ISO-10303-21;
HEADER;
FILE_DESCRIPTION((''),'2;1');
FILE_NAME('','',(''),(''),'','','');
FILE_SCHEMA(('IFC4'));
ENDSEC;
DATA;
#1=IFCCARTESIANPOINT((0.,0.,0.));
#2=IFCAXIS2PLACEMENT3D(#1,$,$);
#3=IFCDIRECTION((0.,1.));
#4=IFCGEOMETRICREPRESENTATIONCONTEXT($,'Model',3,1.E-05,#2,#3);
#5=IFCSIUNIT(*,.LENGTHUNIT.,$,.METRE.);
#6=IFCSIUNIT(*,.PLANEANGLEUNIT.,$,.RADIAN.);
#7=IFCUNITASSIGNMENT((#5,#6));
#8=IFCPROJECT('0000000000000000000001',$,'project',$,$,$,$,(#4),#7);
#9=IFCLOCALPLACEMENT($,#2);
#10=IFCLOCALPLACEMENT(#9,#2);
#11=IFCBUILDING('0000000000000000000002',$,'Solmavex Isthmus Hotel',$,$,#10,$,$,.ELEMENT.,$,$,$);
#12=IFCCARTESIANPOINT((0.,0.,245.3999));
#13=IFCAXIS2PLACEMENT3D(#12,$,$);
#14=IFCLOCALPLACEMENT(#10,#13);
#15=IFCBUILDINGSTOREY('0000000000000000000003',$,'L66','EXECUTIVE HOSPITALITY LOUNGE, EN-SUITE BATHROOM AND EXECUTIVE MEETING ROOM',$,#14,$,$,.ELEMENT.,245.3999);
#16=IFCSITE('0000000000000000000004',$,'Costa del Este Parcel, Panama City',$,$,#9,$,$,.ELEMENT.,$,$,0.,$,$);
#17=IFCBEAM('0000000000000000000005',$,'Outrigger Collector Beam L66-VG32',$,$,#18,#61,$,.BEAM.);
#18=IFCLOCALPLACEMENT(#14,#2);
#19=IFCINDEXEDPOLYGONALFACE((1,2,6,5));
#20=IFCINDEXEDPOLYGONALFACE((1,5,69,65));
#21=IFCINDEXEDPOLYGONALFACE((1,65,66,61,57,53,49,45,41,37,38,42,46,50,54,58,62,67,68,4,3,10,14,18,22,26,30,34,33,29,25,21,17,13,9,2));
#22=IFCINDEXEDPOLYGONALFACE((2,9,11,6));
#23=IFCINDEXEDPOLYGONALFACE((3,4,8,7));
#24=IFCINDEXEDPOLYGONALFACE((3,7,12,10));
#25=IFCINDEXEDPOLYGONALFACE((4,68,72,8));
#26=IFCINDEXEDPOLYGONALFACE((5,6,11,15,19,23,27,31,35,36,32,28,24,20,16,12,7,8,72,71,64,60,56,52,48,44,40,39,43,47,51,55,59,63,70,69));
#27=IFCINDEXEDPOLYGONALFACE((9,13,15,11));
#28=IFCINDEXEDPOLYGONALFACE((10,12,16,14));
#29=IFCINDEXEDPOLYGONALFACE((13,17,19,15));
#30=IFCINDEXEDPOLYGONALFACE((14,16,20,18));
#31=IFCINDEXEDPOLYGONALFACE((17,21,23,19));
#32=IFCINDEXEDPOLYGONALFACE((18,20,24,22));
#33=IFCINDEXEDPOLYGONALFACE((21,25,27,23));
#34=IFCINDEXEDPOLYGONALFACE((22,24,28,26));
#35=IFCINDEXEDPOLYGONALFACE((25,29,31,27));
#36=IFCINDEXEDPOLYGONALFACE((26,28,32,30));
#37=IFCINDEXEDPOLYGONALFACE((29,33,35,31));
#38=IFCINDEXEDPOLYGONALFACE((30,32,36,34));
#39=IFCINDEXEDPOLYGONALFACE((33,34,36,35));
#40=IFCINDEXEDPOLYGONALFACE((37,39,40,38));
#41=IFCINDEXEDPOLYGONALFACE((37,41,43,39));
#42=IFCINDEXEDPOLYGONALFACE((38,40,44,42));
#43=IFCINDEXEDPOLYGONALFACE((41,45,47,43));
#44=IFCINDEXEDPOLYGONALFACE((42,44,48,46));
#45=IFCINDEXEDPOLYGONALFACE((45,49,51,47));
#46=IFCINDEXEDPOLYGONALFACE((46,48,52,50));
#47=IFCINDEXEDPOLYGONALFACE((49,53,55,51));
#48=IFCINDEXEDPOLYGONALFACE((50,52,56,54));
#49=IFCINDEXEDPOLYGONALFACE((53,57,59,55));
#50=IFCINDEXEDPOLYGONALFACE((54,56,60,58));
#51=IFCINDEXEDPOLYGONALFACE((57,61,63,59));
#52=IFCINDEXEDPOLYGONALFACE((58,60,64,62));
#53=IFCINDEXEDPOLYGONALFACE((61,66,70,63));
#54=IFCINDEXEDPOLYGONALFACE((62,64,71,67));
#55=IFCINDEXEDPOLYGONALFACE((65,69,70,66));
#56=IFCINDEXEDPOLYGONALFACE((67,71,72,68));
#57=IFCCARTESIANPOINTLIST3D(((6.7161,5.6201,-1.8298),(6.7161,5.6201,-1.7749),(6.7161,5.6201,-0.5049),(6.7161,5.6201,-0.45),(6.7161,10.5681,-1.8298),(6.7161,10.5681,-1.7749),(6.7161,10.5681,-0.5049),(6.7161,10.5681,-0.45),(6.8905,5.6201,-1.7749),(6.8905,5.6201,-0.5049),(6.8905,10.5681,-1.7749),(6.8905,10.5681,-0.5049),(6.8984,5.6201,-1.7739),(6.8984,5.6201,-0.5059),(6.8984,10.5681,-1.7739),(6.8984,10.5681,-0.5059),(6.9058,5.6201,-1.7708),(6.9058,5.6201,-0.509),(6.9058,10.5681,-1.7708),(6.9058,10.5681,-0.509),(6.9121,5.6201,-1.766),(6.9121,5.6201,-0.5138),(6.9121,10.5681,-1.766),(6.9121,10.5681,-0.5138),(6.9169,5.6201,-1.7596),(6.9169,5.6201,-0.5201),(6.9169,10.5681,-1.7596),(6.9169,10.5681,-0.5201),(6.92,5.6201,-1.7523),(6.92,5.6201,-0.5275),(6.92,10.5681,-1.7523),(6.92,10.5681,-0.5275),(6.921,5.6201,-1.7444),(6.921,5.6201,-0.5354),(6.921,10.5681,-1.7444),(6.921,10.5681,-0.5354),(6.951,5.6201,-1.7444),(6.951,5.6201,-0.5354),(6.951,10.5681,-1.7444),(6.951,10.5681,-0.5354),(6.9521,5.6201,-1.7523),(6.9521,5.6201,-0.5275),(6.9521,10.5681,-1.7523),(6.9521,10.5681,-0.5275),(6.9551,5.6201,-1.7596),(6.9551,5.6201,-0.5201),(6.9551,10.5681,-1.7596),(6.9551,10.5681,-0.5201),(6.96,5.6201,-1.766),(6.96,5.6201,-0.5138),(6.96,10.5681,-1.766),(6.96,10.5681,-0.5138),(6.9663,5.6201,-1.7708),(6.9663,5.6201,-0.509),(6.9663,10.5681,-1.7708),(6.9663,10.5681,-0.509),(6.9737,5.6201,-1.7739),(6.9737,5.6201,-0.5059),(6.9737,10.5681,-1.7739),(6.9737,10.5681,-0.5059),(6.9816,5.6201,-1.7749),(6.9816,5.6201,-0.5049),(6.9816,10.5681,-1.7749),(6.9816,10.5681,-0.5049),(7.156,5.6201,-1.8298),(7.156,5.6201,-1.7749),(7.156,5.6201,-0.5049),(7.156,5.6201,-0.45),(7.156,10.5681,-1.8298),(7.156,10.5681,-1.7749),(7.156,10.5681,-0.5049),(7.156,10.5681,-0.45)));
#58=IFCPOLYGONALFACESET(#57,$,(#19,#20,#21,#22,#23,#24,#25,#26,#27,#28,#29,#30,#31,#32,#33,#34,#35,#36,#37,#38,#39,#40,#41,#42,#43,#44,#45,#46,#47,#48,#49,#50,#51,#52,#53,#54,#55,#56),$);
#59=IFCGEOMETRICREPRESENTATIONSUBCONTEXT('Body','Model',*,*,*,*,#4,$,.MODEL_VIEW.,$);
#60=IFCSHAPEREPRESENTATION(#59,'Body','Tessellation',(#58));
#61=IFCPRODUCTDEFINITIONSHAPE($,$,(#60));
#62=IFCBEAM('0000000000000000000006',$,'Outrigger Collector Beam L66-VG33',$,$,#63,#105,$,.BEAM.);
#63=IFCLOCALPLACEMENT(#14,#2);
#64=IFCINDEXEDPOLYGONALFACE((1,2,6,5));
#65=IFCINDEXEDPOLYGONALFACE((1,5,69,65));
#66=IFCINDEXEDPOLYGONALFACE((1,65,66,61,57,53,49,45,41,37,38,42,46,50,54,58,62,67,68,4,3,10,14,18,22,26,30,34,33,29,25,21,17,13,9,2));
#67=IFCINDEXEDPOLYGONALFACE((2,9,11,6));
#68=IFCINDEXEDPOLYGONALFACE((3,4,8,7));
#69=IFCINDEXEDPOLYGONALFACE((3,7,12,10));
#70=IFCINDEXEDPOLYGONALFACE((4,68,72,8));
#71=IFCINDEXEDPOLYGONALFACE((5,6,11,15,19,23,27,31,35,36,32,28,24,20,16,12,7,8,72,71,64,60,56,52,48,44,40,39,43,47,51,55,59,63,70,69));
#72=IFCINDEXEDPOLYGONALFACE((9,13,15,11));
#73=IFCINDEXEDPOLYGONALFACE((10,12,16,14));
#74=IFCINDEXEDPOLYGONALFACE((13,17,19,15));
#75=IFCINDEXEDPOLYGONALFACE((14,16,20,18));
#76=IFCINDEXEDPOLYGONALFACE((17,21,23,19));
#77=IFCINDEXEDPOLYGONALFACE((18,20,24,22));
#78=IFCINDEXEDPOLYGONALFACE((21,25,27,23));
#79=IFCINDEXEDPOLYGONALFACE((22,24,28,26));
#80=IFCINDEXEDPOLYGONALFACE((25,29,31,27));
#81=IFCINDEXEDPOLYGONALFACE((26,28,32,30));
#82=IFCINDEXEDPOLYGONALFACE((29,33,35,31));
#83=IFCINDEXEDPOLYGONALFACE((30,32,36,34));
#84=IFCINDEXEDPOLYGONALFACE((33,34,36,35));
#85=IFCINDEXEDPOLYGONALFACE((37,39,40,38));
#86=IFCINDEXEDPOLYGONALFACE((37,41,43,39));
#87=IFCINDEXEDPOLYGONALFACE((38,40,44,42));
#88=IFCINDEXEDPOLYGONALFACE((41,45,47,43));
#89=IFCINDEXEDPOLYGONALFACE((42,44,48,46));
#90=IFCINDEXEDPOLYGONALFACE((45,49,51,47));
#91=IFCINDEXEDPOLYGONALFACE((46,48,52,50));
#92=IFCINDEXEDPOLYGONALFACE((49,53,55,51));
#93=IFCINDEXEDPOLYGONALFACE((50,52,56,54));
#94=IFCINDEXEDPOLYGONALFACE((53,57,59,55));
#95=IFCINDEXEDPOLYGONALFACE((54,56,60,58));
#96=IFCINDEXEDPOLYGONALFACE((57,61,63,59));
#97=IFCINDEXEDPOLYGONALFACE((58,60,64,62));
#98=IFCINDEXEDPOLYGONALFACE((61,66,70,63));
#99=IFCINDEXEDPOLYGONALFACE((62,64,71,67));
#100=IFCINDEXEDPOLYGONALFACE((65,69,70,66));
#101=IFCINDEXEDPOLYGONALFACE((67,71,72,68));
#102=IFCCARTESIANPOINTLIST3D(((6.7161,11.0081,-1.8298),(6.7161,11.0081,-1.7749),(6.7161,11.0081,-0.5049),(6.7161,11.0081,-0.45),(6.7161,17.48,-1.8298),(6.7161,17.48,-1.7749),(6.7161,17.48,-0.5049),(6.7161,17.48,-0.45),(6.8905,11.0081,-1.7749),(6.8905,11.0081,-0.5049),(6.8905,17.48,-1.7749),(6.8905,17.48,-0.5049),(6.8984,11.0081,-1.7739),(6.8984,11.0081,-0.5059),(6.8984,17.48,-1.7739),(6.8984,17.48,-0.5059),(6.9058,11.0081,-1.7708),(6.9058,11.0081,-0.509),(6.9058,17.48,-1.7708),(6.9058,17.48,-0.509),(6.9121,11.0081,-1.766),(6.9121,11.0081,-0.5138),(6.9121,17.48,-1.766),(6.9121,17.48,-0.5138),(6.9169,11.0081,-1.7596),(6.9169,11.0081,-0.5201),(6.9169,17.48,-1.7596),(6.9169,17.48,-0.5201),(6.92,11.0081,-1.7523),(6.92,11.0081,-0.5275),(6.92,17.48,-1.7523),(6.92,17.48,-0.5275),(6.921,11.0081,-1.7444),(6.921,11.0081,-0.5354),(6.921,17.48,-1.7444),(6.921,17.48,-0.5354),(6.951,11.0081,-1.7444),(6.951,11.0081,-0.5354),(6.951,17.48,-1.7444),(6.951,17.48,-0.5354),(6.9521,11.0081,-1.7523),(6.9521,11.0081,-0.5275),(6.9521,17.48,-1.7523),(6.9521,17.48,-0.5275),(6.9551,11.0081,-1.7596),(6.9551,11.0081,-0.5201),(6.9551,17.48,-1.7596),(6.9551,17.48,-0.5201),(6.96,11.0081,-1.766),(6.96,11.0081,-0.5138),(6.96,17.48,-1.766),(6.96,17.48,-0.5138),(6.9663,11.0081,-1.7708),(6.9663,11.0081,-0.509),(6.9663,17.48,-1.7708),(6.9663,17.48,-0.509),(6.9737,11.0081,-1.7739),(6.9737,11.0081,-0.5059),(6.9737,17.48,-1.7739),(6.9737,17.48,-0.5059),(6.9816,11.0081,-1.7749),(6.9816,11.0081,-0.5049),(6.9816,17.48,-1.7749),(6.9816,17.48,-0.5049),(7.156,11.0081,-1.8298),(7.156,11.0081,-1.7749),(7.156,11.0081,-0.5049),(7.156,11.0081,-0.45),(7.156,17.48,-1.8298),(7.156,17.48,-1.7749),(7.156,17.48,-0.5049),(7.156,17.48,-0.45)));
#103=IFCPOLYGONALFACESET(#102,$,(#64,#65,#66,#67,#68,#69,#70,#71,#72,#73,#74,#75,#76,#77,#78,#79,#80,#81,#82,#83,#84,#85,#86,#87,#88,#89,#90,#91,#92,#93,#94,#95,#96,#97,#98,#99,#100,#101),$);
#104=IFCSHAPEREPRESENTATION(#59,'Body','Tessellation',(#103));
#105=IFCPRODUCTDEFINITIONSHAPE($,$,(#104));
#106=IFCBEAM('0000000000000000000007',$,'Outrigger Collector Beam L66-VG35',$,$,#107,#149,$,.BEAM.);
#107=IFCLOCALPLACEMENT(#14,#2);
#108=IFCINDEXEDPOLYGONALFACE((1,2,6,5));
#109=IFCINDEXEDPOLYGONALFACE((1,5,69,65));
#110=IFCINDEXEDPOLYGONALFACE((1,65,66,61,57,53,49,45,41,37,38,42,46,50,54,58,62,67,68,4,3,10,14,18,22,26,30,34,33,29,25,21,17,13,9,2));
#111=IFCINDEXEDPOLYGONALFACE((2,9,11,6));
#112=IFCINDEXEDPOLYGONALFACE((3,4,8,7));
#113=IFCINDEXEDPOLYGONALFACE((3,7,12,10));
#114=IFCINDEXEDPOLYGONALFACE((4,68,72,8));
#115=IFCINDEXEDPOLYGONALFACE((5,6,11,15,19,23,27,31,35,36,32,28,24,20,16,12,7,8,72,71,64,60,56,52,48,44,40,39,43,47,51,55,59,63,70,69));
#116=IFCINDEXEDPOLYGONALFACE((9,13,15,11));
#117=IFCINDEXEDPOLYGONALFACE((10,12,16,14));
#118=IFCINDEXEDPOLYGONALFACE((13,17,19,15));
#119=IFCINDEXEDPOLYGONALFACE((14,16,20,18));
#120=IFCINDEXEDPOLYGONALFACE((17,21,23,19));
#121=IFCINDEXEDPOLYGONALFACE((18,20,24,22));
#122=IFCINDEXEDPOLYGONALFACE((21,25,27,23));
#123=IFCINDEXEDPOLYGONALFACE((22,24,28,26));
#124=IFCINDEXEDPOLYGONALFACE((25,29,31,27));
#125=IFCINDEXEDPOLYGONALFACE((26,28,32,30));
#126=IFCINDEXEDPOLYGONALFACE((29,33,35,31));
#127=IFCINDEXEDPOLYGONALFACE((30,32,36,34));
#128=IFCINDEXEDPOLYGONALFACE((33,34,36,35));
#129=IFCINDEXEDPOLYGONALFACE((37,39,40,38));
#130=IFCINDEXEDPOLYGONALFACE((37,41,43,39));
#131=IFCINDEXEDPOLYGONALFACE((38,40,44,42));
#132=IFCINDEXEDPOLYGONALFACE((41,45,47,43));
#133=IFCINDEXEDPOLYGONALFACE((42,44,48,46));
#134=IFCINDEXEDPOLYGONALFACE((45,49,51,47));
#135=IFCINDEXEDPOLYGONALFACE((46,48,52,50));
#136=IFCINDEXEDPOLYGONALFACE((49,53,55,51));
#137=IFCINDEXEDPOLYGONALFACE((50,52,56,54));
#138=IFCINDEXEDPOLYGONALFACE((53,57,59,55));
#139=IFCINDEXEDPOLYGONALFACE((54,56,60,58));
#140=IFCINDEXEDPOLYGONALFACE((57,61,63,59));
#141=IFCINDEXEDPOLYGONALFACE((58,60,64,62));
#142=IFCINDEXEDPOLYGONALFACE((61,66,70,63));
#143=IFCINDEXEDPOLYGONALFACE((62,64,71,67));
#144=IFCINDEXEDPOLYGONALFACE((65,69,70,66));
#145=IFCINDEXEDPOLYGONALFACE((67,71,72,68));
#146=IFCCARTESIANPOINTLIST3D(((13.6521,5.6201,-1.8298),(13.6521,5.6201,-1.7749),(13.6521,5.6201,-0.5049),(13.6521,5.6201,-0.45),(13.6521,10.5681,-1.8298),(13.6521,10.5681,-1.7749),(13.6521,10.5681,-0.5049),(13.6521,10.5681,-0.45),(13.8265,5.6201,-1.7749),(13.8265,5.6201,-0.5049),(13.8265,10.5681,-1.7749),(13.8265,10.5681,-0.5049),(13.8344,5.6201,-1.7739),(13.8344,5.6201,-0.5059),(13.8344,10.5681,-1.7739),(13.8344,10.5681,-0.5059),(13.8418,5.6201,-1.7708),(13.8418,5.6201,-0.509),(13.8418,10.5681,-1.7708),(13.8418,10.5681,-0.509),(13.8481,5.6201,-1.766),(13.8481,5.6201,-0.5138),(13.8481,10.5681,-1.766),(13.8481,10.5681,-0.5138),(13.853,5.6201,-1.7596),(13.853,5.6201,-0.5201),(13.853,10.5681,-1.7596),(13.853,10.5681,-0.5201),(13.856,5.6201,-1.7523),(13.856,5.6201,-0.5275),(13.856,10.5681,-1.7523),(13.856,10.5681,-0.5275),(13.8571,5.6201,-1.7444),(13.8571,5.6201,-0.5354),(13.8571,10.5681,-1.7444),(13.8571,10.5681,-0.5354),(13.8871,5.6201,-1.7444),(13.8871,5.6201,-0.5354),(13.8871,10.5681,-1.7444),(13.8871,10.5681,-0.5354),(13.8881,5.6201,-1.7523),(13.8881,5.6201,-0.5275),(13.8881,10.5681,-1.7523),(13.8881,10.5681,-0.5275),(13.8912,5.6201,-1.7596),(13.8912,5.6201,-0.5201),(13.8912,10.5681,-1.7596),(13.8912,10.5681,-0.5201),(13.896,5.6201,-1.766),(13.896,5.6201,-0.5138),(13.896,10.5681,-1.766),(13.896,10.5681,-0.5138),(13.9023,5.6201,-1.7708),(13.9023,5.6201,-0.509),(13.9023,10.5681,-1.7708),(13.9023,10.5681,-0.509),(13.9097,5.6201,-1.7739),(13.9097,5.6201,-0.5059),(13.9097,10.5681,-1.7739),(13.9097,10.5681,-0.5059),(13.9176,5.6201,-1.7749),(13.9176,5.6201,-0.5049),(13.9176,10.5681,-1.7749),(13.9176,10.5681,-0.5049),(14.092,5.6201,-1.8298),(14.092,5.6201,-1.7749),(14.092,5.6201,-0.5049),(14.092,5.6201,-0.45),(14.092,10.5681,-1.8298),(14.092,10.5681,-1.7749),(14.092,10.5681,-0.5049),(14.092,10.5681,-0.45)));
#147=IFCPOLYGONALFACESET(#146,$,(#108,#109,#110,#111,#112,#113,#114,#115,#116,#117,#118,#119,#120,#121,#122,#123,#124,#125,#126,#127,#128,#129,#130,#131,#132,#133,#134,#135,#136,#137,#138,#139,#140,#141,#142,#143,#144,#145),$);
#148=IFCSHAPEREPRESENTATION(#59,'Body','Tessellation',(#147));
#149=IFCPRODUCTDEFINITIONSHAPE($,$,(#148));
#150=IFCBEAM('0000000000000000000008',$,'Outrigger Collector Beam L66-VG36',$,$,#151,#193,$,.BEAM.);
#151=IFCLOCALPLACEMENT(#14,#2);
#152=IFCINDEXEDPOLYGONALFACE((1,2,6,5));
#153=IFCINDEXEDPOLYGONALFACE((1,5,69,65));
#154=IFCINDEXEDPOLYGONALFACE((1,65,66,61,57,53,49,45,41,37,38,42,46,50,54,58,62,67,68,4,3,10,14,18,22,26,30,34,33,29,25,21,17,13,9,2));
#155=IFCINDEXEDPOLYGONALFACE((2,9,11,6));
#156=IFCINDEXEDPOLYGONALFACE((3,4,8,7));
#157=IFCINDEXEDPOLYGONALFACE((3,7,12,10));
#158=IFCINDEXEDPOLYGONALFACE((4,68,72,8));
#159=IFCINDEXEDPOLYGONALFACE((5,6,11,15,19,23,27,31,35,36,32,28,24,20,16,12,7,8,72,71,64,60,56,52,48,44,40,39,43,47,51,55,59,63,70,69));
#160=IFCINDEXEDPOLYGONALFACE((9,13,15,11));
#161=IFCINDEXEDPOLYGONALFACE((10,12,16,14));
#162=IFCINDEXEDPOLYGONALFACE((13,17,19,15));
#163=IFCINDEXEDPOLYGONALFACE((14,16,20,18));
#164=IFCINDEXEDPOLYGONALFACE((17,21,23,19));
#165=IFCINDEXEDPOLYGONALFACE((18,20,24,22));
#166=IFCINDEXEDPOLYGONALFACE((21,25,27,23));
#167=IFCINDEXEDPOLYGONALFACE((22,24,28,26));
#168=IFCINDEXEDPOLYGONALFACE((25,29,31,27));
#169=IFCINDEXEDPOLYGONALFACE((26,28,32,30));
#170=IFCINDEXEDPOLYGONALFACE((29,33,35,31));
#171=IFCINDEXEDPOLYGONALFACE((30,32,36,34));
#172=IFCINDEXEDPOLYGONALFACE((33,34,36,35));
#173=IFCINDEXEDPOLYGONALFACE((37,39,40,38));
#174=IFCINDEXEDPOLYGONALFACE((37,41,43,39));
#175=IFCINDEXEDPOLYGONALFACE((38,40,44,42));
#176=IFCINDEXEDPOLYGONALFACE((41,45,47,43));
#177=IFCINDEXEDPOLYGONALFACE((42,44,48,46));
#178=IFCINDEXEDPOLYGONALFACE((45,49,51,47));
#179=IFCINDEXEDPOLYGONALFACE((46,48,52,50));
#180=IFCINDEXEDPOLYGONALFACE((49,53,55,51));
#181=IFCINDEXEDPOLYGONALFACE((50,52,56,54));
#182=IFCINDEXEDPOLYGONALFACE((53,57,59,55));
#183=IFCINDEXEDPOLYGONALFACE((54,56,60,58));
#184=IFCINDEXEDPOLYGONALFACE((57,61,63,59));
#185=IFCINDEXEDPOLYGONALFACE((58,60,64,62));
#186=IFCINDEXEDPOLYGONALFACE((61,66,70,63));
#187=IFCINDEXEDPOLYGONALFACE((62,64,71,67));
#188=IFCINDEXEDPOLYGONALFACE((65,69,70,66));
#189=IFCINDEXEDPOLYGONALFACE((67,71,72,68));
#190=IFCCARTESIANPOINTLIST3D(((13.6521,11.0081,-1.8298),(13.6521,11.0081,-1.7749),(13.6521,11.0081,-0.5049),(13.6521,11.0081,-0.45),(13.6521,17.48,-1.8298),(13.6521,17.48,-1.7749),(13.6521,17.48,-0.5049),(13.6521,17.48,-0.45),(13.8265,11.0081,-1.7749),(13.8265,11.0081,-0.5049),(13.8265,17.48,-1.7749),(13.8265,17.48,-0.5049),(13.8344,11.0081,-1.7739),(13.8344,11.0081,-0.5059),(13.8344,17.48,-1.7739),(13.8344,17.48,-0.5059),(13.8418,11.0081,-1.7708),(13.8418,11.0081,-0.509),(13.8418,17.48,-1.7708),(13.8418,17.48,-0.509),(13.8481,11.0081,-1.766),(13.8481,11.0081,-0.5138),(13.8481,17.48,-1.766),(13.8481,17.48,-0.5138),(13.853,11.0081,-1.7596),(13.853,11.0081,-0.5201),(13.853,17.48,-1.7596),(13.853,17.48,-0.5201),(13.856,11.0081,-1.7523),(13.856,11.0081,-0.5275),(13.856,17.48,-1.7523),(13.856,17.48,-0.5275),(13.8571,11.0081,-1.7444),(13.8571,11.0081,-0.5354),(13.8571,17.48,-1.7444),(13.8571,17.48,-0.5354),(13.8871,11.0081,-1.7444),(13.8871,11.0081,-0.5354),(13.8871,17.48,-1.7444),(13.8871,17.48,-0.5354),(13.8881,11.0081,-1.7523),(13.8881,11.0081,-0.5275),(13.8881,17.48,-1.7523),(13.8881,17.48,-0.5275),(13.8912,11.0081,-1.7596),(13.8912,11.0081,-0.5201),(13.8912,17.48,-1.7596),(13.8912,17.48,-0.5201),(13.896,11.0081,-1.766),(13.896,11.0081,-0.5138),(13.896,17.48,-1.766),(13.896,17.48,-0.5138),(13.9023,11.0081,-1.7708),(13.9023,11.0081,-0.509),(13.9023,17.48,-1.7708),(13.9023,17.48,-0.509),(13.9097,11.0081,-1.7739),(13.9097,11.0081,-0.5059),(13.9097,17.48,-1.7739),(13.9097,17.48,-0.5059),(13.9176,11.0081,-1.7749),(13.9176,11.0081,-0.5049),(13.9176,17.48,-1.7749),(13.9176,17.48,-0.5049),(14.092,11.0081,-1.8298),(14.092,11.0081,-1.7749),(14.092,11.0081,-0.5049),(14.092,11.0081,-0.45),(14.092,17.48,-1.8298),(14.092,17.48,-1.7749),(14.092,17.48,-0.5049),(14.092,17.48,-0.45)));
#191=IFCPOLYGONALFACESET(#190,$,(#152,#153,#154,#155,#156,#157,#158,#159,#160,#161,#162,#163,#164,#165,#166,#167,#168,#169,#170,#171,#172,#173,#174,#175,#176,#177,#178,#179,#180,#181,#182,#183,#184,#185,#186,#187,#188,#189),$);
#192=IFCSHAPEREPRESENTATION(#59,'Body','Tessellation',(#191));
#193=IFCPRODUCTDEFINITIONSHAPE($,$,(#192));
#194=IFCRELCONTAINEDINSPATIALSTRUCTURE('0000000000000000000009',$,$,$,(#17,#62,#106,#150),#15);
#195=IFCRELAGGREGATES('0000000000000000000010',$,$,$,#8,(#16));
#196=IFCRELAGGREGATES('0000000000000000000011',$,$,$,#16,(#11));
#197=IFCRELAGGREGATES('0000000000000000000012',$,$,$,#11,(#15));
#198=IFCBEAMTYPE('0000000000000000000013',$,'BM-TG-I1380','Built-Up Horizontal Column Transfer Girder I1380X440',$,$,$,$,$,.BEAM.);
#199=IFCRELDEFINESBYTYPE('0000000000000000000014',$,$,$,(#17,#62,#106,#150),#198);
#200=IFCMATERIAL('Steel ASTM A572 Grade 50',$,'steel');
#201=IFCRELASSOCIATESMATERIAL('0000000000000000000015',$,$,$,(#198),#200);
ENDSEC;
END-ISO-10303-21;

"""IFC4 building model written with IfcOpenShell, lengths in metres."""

from ifc_helpers import new_model, si_unit, direction, frame, origin, origin_2d, place, context, subcontext, project, spatial, i_section, extrude, material, material_profile, profile_set, type_object, element, save


model = new_model("IFC4")

# Units and contexts
model_context = context("Model", 3, precision=1e-05, world=origin(), true_north=direction((0.0, 1.0)))
body_context = subcontext(model_context, "Body", "Model", "MODEL_VIEW")
ifc_project = project(units=[si_unit("LENGTHUNIT", "METRE"), si_unit("PLANEANGLEUNIT", "RADIAN")], contexts=[model_context])

# Site, building, storey
site_placement = place(None, origin())
site = spatial("IfcSite", under=ifc_project, at=site_placement, Name="Costa del Este Parcel, Panama City", CompositionType="ELEMENT", RefElevation=0.0)
building_placement = place(site_placement, origin())
building = spatial("IfcBuilding", under=site, at=building_placement, Name="Solmavex Isthmus Hotel", CompositionType="ELEMENT")
storey_placement = place(building_placement, frame((0.0, 0.0, 245.3999)))
storey = spatial("IfcBuildingStorey", under=building, at=storey_placement, Name="L66", Description="EXECUTIVE HOSPITALITY LOUNGE, EN-SUITE BATHROOM AND EXECUTIVE MEETING ROOM", CompositionType="ELEMENT", Elevation=245.3999)

# Beams
ifc_material_1 = material(Name="Steel ASTM A572 Grade 50", Category="steel")
ifc_material_profile_1 = material_profile(ifc_material_1, i_section(OverallWidth=0.4399, OverallDepth=1.3799, WebThickness=0.03, FlangeThickness=0.0549, FilletRadius=0.0305, at=origin_2d()), Name="I1380X440")
ifc_profile_set_1 = profile_set([ifc_material_profile_1], Name="Steel ASTM A572 Grade 50")
beam_type_1 = type_object("IfcBeamType", Name="BM-TG-I1380", Description="Built-Up Horizontal Column Transfer Girder I1380X440", PredefinedType="BEAM", material=ifc_profile_set_1)
beam_1_placement = place(storey_placement, frame((6.936, 5.6201, -1.1399), z_axis=(0.0, 1.0, 0.0), x_axis=(-1.0, 0.0, 0.0)))
element("IfcBeam", 1, at=beam_1_placement, inside=storey, type_object=beam_type_1, Name="Outrigger Collector Beam L66-VG32", PredefinedType="BEAM", context=body_context, shape_type="SweptSolid", body=[
    extrude(i_section(OverallWidth=0.4399, OverallDepth=1.3799, WebThickness=0.03, FlangeThickness=0.0549, FilletRadius=0.0305, at=origin_2d()), origin(), (0.0, 0.0, 1.0), 4.948),
])
beam_2_placement = place(storey_placement, frame((6.936, 11.0081, -1.1399), z_axis=(0.0, 1.0, 0.0), x_axis=(-1.0, 0.0, 0.0)))
element("IfcBeam", 2, at=beam_2_placement, inside=storey, type_object=beam_type_1, Name="Outrigger Collector Beam L66-VG33", PredefinedType="BEAM", context=body_context, shape_type="SweptSolid", body=[
    extrude(i_section(OverallWidth=0.4399, OverallDepth=1.3799, WebThickness=0.03, FlangeThickness=0.0549, FilletRadius=0.0305, at=origin_2d()), origin(), (0.0, 0.0, 1.0), 6.4719),
])
beam_3_placement = place(storey_placement, frame((13.8721, 5.6201, -1.1399), z_axis=(0.0, 1.0, 0.0), x_axis=(-1.0, 0.0, 0.0)))
element("IfcBeam", 3, at=beam_3_placement, inside=storey, type_object=beam_type_1, Name="Outrigger Collector Beam L66-VG35", PredefinedType="BEAM", context=body_context, shape_type="SweptSolid", body=[
    extrude(i_section(OverallWidth=0.4399, OverallDepth=1.3799, WebThickness=0.03, FlangeThickness=0.0549, FilletRadius=0.0305, at=origin_2d()), origin(), (0.0, 0.0, 1.0), 4.948),
])
beam_4_placement = place(storey_placement, frame((13.8721, 11.0081, -1.1399), z_axis=(0.0, 1.0, 0.0), x_axis=(-1.0, 0.0, 0.0)))
element("IfcBeam", 4, at=beam_4_placement, inside=storey, type_object=beam_type_1, Name="Outrigger Collector Beam L66-VG36", PredefinedType="BEAM", context=body_context, shape_type="SweptSolid", body=[
    extrude(i_section(OverallWidth=0.4399, OverallDepth=1.3799, WebThickness=0.03, FlangeThickness=0.0549, FilletRadius=0.0305, at=origin_2d()), origin(), (0.0, 0.0, 1.0), 6.4719),
])

save(model, "model.ifc")
